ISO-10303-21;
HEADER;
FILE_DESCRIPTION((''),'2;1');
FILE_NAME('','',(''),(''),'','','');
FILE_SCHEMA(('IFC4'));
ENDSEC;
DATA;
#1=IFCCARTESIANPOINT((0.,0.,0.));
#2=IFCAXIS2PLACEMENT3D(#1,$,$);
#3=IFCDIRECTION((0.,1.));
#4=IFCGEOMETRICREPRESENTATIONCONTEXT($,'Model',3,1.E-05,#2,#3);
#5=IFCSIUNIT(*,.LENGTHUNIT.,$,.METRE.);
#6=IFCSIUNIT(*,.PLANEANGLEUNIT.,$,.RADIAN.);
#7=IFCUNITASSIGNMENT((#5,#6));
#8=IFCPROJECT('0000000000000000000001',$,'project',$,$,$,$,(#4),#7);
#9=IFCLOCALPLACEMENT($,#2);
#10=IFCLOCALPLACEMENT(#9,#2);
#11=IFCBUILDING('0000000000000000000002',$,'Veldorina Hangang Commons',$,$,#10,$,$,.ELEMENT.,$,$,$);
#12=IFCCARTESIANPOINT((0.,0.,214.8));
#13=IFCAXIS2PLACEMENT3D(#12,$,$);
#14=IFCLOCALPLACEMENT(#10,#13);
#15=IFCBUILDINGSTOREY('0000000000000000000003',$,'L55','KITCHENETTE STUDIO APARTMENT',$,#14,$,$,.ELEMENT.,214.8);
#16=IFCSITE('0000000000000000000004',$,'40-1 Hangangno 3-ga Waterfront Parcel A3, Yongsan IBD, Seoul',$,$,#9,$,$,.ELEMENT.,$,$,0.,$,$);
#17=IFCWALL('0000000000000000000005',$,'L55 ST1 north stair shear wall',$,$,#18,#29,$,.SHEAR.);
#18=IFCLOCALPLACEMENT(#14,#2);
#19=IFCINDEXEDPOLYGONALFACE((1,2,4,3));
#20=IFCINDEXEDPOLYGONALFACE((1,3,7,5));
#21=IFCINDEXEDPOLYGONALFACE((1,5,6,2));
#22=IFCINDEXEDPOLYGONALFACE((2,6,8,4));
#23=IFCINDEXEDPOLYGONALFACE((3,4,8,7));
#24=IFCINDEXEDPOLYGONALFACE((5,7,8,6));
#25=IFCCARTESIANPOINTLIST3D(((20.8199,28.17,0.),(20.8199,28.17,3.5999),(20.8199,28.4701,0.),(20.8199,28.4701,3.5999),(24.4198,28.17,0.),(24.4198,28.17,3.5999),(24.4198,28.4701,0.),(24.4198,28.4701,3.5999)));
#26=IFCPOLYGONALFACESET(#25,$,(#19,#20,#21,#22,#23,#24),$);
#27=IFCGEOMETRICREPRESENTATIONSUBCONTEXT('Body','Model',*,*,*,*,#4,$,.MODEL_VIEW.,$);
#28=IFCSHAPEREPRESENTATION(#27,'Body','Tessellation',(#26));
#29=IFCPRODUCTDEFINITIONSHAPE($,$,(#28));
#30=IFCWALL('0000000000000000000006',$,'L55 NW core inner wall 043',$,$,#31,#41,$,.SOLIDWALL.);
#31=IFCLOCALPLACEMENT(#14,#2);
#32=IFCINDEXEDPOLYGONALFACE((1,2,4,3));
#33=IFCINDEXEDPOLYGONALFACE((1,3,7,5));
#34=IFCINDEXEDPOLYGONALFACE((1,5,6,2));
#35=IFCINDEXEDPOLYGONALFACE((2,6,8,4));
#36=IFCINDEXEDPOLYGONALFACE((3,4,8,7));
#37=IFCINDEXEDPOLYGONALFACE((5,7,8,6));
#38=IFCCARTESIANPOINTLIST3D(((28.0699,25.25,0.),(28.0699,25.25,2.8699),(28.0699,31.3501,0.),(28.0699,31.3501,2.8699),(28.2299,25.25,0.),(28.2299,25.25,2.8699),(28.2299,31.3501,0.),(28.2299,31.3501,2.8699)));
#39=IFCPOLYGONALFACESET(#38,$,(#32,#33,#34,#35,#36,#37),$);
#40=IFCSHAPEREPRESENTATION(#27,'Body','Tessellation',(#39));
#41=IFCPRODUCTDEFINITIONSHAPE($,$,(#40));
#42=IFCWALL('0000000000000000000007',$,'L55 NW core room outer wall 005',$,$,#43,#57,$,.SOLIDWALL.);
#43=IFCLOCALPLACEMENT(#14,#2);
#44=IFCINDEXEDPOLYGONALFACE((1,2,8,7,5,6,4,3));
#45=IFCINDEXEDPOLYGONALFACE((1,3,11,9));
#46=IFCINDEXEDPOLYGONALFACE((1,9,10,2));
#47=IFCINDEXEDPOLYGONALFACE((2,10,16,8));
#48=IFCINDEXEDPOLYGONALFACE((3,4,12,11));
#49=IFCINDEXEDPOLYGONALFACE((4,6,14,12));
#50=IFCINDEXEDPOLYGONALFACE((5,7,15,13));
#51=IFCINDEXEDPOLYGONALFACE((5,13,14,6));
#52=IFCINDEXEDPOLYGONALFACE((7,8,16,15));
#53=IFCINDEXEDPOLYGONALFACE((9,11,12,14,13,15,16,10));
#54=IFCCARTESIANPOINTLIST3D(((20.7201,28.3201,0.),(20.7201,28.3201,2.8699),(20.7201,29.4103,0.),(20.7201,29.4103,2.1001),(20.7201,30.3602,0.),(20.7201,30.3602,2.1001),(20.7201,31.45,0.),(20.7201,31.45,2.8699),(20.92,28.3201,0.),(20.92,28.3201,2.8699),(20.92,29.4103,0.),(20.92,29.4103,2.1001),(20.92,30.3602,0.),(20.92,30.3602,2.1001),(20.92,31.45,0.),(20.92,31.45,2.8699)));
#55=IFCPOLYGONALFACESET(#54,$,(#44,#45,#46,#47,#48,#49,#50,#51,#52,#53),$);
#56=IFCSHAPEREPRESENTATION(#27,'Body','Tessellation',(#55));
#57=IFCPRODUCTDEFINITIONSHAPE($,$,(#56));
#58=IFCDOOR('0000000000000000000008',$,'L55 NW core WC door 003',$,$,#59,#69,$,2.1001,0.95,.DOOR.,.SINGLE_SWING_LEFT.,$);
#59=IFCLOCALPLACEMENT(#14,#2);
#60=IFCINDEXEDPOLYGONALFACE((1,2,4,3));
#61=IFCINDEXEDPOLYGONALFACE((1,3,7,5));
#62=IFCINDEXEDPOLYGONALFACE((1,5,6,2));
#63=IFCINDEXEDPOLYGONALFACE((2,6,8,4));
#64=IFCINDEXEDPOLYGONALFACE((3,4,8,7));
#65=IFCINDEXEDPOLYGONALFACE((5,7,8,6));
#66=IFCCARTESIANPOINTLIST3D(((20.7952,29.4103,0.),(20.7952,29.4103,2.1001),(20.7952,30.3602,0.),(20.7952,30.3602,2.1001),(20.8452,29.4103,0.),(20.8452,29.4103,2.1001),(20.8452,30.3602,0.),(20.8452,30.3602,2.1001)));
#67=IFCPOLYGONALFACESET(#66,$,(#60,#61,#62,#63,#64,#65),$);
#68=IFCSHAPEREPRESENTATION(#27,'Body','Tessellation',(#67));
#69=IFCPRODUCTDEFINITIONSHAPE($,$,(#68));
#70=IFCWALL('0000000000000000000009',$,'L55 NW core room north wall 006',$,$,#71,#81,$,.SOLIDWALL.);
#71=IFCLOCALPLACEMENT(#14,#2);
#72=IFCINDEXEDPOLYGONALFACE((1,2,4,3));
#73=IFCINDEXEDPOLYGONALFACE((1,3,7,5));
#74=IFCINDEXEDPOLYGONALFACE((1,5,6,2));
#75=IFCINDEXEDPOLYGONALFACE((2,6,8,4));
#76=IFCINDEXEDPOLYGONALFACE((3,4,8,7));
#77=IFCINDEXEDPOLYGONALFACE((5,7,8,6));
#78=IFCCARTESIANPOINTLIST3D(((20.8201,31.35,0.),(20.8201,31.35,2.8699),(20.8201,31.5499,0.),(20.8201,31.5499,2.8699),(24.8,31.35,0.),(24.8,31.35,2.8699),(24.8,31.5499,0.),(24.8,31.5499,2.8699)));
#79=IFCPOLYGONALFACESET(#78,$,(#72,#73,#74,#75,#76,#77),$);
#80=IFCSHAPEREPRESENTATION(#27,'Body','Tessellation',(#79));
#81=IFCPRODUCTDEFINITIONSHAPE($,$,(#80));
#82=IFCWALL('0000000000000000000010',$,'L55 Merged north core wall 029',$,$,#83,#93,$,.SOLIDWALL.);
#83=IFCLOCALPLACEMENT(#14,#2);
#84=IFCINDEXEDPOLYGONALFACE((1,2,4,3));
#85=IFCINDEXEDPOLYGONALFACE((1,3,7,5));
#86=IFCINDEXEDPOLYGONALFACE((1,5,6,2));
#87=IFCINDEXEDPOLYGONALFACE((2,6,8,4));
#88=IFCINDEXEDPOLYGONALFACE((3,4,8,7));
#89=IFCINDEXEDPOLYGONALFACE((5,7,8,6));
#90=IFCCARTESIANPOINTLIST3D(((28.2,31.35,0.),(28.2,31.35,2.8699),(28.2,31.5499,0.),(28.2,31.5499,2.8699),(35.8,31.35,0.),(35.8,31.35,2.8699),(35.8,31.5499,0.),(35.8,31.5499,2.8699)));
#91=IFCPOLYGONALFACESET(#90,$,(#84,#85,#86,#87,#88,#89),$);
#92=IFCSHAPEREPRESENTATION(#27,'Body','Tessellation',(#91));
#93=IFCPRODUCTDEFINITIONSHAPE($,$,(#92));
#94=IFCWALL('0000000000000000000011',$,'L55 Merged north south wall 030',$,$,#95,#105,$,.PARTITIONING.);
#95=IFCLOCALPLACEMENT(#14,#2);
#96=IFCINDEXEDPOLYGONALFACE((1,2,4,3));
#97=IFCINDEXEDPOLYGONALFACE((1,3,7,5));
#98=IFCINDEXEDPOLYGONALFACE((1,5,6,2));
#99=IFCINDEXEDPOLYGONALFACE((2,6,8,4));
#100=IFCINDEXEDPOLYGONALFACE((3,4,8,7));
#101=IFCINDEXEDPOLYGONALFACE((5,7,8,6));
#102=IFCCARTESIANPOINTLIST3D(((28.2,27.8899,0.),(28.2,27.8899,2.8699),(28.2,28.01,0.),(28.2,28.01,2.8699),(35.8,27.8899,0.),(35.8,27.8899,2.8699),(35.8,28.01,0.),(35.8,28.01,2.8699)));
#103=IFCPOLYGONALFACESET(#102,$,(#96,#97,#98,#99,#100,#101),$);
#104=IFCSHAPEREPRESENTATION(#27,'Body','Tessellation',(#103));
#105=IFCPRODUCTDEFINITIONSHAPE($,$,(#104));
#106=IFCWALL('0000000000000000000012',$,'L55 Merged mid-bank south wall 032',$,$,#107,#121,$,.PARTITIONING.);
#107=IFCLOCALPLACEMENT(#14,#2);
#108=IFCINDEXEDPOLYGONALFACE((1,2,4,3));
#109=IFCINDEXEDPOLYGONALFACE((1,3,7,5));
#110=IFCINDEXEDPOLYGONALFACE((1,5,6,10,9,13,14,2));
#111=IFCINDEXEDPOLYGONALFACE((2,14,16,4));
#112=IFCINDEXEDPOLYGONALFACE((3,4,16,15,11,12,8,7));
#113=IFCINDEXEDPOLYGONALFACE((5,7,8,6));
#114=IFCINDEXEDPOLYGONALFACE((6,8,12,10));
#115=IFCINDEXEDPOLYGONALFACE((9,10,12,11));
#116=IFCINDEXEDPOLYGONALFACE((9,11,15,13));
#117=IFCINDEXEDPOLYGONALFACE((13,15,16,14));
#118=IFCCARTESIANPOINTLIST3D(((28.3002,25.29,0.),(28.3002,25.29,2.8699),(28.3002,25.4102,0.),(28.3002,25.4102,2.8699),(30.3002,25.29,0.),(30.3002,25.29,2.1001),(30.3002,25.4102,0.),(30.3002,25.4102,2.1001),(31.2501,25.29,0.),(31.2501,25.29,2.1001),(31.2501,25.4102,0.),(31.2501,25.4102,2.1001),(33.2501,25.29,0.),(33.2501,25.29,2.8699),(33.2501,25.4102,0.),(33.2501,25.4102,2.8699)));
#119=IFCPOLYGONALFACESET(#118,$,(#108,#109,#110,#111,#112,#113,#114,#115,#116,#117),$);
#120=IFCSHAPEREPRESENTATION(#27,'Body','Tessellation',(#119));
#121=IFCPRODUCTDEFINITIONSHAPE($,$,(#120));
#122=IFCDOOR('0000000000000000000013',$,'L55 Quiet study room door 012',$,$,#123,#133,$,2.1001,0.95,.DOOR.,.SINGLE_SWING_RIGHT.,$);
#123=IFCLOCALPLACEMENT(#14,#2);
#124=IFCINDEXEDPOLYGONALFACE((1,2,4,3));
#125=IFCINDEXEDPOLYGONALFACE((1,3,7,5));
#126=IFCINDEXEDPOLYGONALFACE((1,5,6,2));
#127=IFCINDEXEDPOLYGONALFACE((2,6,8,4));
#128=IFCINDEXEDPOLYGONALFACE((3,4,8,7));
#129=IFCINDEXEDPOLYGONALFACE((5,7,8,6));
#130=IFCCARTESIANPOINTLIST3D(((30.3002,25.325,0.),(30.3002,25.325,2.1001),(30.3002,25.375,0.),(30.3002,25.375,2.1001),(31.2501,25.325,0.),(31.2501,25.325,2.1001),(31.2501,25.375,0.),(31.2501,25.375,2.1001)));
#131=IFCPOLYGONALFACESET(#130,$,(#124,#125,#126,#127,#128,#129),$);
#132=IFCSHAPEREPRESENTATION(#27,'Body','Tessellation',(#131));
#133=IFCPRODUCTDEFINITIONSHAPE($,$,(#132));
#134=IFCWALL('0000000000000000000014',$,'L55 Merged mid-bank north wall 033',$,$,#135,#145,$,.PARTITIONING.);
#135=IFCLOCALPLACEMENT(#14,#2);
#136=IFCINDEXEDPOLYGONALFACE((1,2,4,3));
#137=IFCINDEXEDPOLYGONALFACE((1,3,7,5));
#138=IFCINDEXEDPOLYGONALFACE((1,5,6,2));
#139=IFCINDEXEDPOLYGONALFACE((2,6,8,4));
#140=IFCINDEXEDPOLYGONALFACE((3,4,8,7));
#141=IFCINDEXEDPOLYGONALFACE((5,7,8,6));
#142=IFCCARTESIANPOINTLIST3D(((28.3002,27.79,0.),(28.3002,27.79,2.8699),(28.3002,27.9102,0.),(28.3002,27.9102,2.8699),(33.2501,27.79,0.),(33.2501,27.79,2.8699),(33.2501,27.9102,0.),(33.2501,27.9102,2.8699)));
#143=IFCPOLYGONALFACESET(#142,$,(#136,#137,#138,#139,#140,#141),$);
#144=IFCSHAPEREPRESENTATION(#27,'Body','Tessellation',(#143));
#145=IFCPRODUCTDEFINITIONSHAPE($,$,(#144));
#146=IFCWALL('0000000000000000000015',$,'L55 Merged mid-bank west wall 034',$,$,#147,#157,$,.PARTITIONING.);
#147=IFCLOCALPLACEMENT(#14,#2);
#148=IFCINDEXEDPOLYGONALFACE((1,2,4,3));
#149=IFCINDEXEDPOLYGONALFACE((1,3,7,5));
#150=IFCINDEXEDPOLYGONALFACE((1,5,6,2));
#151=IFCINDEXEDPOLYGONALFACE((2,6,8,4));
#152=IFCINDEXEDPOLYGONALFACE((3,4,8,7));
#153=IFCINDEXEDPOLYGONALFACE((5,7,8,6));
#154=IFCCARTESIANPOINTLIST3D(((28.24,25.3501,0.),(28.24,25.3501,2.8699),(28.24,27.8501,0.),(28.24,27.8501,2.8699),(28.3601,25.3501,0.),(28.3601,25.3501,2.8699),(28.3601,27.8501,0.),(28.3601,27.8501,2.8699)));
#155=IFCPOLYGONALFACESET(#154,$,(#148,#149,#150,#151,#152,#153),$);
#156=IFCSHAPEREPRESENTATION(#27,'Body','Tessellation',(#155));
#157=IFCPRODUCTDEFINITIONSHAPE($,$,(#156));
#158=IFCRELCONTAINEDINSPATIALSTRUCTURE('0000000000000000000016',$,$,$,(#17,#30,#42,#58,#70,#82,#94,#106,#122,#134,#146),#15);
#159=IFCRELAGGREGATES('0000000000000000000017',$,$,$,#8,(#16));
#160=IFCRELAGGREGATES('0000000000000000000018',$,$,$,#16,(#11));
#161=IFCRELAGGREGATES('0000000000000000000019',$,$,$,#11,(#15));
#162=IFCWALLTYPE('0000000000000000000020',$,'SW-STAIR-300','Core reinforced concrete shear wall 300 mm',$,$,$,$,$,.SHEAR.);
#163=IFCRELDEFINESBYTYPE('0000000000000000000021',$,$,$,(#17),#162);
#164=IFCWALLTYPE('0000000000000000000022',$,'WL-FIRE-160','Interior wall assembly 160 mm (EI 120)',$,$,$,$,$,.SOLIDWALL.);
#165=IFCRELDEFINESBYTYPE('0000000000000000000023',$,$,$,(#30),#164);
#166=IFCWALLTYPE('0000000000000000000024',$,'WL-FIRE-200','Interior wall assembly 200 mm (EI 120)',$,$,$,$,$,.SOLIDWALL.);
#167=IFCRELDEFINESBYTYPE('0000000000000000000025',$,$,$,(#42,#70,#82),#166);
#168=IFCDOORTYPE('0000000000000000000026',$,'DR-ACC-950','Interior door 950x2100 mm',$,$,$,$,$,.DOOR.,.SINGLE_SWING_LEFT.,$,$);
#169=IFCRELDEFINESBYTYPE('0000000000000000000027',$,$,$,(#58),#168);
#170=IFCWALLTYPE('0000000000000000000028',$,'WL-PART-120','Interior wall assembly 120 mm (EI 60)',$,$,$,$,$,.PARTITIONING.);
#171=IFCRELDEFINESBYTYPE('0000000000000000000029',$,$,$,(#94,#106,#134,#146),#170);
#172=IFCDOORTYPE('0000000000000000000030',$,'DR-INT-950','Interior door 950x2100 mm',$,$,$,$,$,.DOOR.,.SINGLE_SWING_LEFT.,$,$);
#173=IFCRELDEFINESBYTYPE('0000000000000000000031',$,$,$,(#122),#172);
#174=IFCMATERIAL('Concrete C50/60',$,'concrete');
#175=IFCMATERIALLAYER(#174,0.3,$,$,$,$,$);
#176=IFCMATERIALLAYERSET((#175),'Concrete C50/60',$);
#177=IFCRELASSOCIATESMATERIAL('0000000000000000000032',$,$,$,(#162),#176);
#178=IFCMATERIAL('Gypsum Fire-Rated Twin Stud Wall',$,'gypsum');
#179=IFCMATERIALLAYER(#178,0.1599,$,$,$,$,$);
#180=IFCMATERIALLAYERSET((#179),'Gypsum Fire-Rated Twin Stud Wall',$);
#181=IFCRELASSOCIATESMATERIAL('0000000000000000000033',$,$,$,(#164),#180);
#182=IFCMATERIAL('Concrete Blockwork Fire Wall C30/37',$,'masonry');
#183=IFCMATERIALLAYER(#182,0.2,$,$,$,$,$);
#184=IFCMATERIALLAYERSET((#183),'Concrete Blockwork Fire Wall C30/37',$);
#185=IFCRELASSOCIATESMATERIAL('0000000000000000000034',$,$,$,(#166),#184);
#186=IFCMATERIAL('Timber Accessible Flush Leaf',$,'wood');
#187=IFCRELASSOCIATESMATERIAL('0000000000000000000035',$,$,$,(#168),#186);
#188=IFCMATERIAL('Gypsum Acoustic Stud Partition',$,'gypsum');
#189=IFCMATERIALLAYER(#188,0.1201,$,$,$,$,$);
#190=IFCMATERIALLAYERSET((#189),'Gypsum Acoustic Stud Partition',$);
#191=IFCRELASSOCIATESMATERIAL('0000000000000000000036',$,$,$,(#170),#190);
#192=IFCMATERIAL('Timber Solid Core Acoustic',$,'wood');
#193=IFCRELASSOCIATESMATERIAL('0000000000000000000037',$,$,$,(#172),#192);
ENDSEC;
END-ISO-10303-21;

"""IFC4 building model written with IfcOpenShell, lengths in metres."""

from ifc_helpers import new_model, si_unit, direction, frame, frame_2d, origin, place, context, subcontext, project, spatial, rectangle, extrude, material, layer, layer_set, type_object, element, fill, save


model = new_model("IFC4")

# Units and contexts
model_context = context("Model", 3, precision=1e-05, world=origin(), true_north=direction((0.0, 1.0)))
body_context = subcontext(model_context, "Body", "Model", "MODEL_VIEW")
ifc_project = project(units=[si_unit("LENGTHUNIT", "METRE"), si_unit("PLANEANGLEUNIT", "RADIAN")], contexts=[model_context])

# Site, building, storey
site_placement = place(None, origin())
site = spatial("IfcSite", under=ifc_project, at=site_placement, Name="40-1 Hangangno 3-ga Waterfront Parcel A3, Yongsan IBD, Seoul", CompositionType="ELEMENT", RefElevation=0.0)
building_placement = place(site_placement, origin())
building = spatial("IfcBuilding", under=site, at=building_placement, Name="Veldorina Hangang Commons", CompositionType="ELEMENT")
storey_placement = place(building_placement, frame((0.0, 0.0, 214.8)))
storey = spatial("IfcBuildingStorey", under=building, at=storey_placement, Name="L55", Description="KITCHENETTE STUDIO APARTMENT", CompositionType="ELEMENT", Elevation=214.8)

# Shared definitions
ifc_material_1 = material(Name="Concrete C50/60", Category="concrete")

# Walls
ifc_layer_1 = layer(ifc_material_1, 0.3)
ifc_layer_set_1 = layer_set([ifc_layer_1], Name="Concrete C50/60")
wall_type_1 = type_object("IfcWallType", Name="SW-STAIR-300", Description="Core reinforced concrete shear wall 300 mm", PredefinedType="SHEAR", material=ifc_layer_set_1)
wall_1_placement = place(storey_placement, frame((20.8201, 28.3201, 0.0), z_axis=(0.0, 0.0, 1.0), x_axis=(1.0, 0.0, 0.0)))
element("IfcWall", 1, at=wall_1_placement, inside=storey, type_object=wall_type_1, Name="L55 ST1 north stair shear wall", PredefinedType="SHEAR", context=body_context, shape_type="SweptSolid", body=[
    extrude(rectangle(XDim=3.5999, YDim=0.3, at=frame_2d((1.7998, 0.0))), origin(), (0.0, 0.0, 1.0), 3.5999),
])
ifc_material_2 = material(Name="Gypsum Fire-Rated Twin Stud Wall", Category="gypsum")
ifc_layer_2 = layer(ifc_material_2, 0.1599)
ifc_layer_set_2 = layer_set([ifc_layer_2], Name="Gypsum Fire-Rated Twin Stud Wall")
wall_type_2 = type_object("IfcWallType", Name="WL-FIRE-160", Description="Interior wall assembly 160 mm (EI 120)", PredefinedType="SOLIDWALL", material=ifc_layer_set_2)
wall_2_placement = place(storey_placement, frame((28.1499, 25.25, 0.0), z_axis=(0.0, 0.0, 1.0), x_axis=(0.0, 1.0, 0.0)))
element("IfcWall", 2, at=wall_2_placement, inside=storey, type_object=wall_type_2, Name="L55 NW core inner wall 043", PredefinedType="SOLIDWALL", context=body_context, shape_type="SweptSolid", body=[
    extrude(rectangle(XDim=6.1001, YDim=0.1599, at=frame_2d((3.05, 0.0))), origin(), (0.0, 0.0, 1.0), 2.8699),
])

# Wall, opening, door
ifc_material_3 = material(Name="Concrete Blockwork Fire Wall C30/37", Category="masonry")
ifc_layer_3 = layer(ifc_material_3, 0.2)
ifc_layer_set_3 = layer_set([ifc_layer_3], Name="Concrete Blockwork Fire Wall C30/37")
wall_type_3 = type_object("IfcWallType", Name="WL-FIRE-200", Description="Interior wall assembly 200 mm (EI 120)", PredefinedType="SOLIDWALL", material=ifc_layer_set_3)
wall_3_placement = place(storey_placement, frame((20.8201, 28.3201, 0.0), z_axis=(0.0, 0.0, 1.0), x_axis=(0.0, 1.0, 0.0)))
wall_3 = element("IfcWall", 3, at=wall_3_placement, inside=storey, type_object=wall_type_3, Name="L55 NW core room outer wall 005", PredefinedType="SOLIDWALL", context=body_context, shape_type="SweptSolid", body=[
    extrude(rectangle(XDim=3.1299, YDim=0.2, at=frame_2d((1.5649, 0.0))), origin(), (0.0, 0.0, 1.0), 2.8699),
])
opening_1_placement = place(wall_3_placement, frame((1.0901, 0.0, 0.0)))
opening_1 = element("IfcOpeningElement", 4, at=opening_1_placement, cuts=wall_3, PredefinedType="OPENING", context=body_context, shape_type="SweptSolid", body=[
    extrude(rectangle(XDim=0.95, YDim=2.1001, at=frame_2d((0.4751, 1.05))), frame((0.0, 0.1099, 0.0), z_axis=(0.0, -1.0, 0.0), x_axis=(1.0, 0.0, 0.0)), (0.0, 0.0, 1.0), 0.22),
])
ifc_material_4 = material(Name="Timber Accessible Flush Leaf", Category="wood")
door_type_1 = type_object("IfcDoorType", Name="DR-ACC-950", Description="Interior door 950x2100 mm", OperationType="SINGLE_SWING_LEFT", PredefinedType="DOOR", material=ifc_material_4)
door_1_placement = place(opening_1_placement, origin())
door_1 = element("IfcDoor", 5, at=door_1_placement, inside=storey, type_object=door_type_1, Name="L55 NW core WC door 003", OperationType="SINGLE_SWING_LEFT", OverallHeight=2.1001, OverallWidth=0.95, PredefinedType="DOOR", context=body_context, shape_type="SweptSolid", body=[
    extrude(rectangle(XDim=0.95, YDim=2.1001, at=frame_2d((0.4751, 1.05))), frame((0.0, 0.0249, 0.0), z_axis=(0.0, -1.0, 0.0), x_axis=(1.0, 0.0, 0.0)), (0.0, 0.0, 1.0), 0.05),
])
fill(opening_1, door_1)

# Walls
wall_4_placement = place(storey_placement, frame((20.8201, 31.45, 0.0), z_axis=(0.0, 0.0, 1.0), x_axis=(1.0, 0.0, 0.0)))
element("IfcWall", 6, at=wall_4_placement, inside=storey, type_object=wall_type_3, Name="L55 NW core room north wall 006", PredefinedType="SOLIDWALL", context=body_context, shape_type="SweptSolid", body=[
    extrude(rectangle(XDim=3.98, YDim=0.2, at=frame_2d((1.99, 0.0))), origin(), (0.0, 0.0, 1.0), 2.8699),
])
wall_5_placement = place(storey_placement, frame((28.2, 31.45, 0.0), z_axis=(0.0, 0.0, 1.0), x_axis=(1.0, 0.0, 0.0)))
element("IfcWall", 7, at=wall_5_placement, inside=storey, type_object=wall_type_3, Name="L55 Merged north core wall 029", PredefinedType="SOLIDWALL", context=body_context, shape_type="SweptSolid", body=[
    extrude(rectangle(XDim=7.6001, YDim=0.2, at=frame_2d((3.8, 0.0))), origin(), (0.0, 0.0, 1.0), 2.8699),
])
ifc_material_5 = material(Name="Gypsum Acoustic Stud Partition", Category="gypsum")
ifc_layer_4 = layer(ifc_material_5, 0.1201)
ifc_layer_set_4 = layer_set([ifc_layer_4], Name="Gypsum Acoustic Stud Partition")
wall_type_4 = type_object("IfcWallType", Name="WL-PART-120", Description="Interior wall assembly 120 mm (EI 60)", PredefinedType="PARTITIONING", material=ifc_layer_set_4)
wall_6_placement = place(storey_placement, frame((28.2, 27.95, 0.0), z_axis=(0.0, 0.0, 1.0), x_axis=(1.0, 0.0, 0.0)))
element("IfcWall", 8, at=wall_6_placement, inside=storey, type_object=wall_type_4, Name="L55 Merged north south wall 030", PredefinedType="PARTITIONING", context=body_context, shape_type="SweptSolid", body=[
    extrude(rectangle(XDim=7.6001, YDim=0.1201, at=frame_2d((3.8, 0.0))), origin(), (0.0, 0.0, 1.0), 2.8699),
])

# Wall, opening, door
wall_7_placement = place(storey_placement, frame((28.3, 25.3501, 0.0), z_axis=(0.0, 0.0, 1.0), x_axis=(1.0, 0.0, 0.0)))
wall_7 = element("IfcWall", 9, at=wall_7_placement, inside=storey, type_object=wall_type_4, Name="L55 Merged mid-bank south wall 032", PredefinedType="PARTITIONING", context=body_context, shape_type="SweptSolid", body=[
    extrude(rectangle(XDim=4.95, YDim=0.1201, at=frame_2d((2.4751, 0.0))), origin(), (0.0, 0.0, 1.0), 2.8699),
])
opening_2_placement = place(wall_7_placement, frame((2.0, 0.0, 0.0)))
opening_2 = element("IfcOpeningElement", 10, at=opening_2_placement, cuts=wall_7, PredefinedType="OPENING", context=body_context, shape_type="SweptSolid", body=[
    extrude(rectangle(XDim=0.95, YDim=2.1001, at=frame_2d((0.4751, 1.05))), frame((0.0, 0.0701, 0.0), z_axis=(0.0, -1.0, 0.0), x_axis=(1.0, 0.0, 0.0)), (0.0, 0.0, 1.0), 0.1401),
])
ifc_material_6 = material(Name="Timber Solid Core Acoustic", Category="wood")
door_type_2 = type_object("IfcDoorType", Name="DR-INT-950", Description="Interior door 950x2100 mm", OperationType="SINGLE_SWING_LEFT", PredefinedType="DOOR", material=ifc_material_6)
door_2_placement = place(opening_2_placement, origin())
door_2 = element("IfcDoor", 11, at=door_2_placement, inside=storey, type_object=door_type_2, Name="L55 Quiet study room door 012", OperationType="SINGLE_SWING_RIGHT", OverallHeight=2.1001, OverallWidth=0.95, PredefinedType="DOOR", context=body_context, shape_type="SweptSolid", body=[
    extrude(rectangle(XDim=0.95, YDim=2.1001, at=frame_2d((0.4751, 1.05))), frame((0.0, 0.0249, 0.0), z_axis=(0.0, -1.0, 0.0), x_axis=(1.0, 0.0, 0.0)), (0.0, 0.0, 1.0), 0.05),
])
fill(opening_2, door_2)

# Walls
wall_8_placement = place(storey_placement, frame((28.3, 27.8501, 0.0), z_axis=(0.0, 0.0, 1.0), x_axis=(1.0, 0.0, 0.0)))
element("IfcWall", 12, at=wall_8_placement, inside=storey, type_object=wall_type_4, Name="L55 Merged mid-bank north wall 033", PredefinedType="PARTITIONING", context=body_context, shape_type="SweptSolid", body=[
    extrude(rectangle(XDim=4.95, YDim=0.1201, at=frame_2d((2.4751, 0.0))), origin(), (0.0, 0.0, 1.0), 2.8699),
])
wall_9_placement = place(storey_placement, frame((28.3, 25.3501, 0.0), z_axis=(0.0, 0.0, 1.0), x_axis=(0.0, 1.0, 0.0)))
element("IfcWall", 13, at=wall_9_placement, inside=storey, type_object=wall_type_4, Name="L55 Merged mid-bank west wall 034", PredefinedType="PARTITIONING", context=body_context, shape_type="SweptSolid", body=[
    extrude(rectangle(XDim=2.5, YDim=0.1201, at=frame_2d((1.25, 0.0))), origin(), (0.0, 0.0, 1.0), 2.8699),
])

save(model, "model.ifc")
